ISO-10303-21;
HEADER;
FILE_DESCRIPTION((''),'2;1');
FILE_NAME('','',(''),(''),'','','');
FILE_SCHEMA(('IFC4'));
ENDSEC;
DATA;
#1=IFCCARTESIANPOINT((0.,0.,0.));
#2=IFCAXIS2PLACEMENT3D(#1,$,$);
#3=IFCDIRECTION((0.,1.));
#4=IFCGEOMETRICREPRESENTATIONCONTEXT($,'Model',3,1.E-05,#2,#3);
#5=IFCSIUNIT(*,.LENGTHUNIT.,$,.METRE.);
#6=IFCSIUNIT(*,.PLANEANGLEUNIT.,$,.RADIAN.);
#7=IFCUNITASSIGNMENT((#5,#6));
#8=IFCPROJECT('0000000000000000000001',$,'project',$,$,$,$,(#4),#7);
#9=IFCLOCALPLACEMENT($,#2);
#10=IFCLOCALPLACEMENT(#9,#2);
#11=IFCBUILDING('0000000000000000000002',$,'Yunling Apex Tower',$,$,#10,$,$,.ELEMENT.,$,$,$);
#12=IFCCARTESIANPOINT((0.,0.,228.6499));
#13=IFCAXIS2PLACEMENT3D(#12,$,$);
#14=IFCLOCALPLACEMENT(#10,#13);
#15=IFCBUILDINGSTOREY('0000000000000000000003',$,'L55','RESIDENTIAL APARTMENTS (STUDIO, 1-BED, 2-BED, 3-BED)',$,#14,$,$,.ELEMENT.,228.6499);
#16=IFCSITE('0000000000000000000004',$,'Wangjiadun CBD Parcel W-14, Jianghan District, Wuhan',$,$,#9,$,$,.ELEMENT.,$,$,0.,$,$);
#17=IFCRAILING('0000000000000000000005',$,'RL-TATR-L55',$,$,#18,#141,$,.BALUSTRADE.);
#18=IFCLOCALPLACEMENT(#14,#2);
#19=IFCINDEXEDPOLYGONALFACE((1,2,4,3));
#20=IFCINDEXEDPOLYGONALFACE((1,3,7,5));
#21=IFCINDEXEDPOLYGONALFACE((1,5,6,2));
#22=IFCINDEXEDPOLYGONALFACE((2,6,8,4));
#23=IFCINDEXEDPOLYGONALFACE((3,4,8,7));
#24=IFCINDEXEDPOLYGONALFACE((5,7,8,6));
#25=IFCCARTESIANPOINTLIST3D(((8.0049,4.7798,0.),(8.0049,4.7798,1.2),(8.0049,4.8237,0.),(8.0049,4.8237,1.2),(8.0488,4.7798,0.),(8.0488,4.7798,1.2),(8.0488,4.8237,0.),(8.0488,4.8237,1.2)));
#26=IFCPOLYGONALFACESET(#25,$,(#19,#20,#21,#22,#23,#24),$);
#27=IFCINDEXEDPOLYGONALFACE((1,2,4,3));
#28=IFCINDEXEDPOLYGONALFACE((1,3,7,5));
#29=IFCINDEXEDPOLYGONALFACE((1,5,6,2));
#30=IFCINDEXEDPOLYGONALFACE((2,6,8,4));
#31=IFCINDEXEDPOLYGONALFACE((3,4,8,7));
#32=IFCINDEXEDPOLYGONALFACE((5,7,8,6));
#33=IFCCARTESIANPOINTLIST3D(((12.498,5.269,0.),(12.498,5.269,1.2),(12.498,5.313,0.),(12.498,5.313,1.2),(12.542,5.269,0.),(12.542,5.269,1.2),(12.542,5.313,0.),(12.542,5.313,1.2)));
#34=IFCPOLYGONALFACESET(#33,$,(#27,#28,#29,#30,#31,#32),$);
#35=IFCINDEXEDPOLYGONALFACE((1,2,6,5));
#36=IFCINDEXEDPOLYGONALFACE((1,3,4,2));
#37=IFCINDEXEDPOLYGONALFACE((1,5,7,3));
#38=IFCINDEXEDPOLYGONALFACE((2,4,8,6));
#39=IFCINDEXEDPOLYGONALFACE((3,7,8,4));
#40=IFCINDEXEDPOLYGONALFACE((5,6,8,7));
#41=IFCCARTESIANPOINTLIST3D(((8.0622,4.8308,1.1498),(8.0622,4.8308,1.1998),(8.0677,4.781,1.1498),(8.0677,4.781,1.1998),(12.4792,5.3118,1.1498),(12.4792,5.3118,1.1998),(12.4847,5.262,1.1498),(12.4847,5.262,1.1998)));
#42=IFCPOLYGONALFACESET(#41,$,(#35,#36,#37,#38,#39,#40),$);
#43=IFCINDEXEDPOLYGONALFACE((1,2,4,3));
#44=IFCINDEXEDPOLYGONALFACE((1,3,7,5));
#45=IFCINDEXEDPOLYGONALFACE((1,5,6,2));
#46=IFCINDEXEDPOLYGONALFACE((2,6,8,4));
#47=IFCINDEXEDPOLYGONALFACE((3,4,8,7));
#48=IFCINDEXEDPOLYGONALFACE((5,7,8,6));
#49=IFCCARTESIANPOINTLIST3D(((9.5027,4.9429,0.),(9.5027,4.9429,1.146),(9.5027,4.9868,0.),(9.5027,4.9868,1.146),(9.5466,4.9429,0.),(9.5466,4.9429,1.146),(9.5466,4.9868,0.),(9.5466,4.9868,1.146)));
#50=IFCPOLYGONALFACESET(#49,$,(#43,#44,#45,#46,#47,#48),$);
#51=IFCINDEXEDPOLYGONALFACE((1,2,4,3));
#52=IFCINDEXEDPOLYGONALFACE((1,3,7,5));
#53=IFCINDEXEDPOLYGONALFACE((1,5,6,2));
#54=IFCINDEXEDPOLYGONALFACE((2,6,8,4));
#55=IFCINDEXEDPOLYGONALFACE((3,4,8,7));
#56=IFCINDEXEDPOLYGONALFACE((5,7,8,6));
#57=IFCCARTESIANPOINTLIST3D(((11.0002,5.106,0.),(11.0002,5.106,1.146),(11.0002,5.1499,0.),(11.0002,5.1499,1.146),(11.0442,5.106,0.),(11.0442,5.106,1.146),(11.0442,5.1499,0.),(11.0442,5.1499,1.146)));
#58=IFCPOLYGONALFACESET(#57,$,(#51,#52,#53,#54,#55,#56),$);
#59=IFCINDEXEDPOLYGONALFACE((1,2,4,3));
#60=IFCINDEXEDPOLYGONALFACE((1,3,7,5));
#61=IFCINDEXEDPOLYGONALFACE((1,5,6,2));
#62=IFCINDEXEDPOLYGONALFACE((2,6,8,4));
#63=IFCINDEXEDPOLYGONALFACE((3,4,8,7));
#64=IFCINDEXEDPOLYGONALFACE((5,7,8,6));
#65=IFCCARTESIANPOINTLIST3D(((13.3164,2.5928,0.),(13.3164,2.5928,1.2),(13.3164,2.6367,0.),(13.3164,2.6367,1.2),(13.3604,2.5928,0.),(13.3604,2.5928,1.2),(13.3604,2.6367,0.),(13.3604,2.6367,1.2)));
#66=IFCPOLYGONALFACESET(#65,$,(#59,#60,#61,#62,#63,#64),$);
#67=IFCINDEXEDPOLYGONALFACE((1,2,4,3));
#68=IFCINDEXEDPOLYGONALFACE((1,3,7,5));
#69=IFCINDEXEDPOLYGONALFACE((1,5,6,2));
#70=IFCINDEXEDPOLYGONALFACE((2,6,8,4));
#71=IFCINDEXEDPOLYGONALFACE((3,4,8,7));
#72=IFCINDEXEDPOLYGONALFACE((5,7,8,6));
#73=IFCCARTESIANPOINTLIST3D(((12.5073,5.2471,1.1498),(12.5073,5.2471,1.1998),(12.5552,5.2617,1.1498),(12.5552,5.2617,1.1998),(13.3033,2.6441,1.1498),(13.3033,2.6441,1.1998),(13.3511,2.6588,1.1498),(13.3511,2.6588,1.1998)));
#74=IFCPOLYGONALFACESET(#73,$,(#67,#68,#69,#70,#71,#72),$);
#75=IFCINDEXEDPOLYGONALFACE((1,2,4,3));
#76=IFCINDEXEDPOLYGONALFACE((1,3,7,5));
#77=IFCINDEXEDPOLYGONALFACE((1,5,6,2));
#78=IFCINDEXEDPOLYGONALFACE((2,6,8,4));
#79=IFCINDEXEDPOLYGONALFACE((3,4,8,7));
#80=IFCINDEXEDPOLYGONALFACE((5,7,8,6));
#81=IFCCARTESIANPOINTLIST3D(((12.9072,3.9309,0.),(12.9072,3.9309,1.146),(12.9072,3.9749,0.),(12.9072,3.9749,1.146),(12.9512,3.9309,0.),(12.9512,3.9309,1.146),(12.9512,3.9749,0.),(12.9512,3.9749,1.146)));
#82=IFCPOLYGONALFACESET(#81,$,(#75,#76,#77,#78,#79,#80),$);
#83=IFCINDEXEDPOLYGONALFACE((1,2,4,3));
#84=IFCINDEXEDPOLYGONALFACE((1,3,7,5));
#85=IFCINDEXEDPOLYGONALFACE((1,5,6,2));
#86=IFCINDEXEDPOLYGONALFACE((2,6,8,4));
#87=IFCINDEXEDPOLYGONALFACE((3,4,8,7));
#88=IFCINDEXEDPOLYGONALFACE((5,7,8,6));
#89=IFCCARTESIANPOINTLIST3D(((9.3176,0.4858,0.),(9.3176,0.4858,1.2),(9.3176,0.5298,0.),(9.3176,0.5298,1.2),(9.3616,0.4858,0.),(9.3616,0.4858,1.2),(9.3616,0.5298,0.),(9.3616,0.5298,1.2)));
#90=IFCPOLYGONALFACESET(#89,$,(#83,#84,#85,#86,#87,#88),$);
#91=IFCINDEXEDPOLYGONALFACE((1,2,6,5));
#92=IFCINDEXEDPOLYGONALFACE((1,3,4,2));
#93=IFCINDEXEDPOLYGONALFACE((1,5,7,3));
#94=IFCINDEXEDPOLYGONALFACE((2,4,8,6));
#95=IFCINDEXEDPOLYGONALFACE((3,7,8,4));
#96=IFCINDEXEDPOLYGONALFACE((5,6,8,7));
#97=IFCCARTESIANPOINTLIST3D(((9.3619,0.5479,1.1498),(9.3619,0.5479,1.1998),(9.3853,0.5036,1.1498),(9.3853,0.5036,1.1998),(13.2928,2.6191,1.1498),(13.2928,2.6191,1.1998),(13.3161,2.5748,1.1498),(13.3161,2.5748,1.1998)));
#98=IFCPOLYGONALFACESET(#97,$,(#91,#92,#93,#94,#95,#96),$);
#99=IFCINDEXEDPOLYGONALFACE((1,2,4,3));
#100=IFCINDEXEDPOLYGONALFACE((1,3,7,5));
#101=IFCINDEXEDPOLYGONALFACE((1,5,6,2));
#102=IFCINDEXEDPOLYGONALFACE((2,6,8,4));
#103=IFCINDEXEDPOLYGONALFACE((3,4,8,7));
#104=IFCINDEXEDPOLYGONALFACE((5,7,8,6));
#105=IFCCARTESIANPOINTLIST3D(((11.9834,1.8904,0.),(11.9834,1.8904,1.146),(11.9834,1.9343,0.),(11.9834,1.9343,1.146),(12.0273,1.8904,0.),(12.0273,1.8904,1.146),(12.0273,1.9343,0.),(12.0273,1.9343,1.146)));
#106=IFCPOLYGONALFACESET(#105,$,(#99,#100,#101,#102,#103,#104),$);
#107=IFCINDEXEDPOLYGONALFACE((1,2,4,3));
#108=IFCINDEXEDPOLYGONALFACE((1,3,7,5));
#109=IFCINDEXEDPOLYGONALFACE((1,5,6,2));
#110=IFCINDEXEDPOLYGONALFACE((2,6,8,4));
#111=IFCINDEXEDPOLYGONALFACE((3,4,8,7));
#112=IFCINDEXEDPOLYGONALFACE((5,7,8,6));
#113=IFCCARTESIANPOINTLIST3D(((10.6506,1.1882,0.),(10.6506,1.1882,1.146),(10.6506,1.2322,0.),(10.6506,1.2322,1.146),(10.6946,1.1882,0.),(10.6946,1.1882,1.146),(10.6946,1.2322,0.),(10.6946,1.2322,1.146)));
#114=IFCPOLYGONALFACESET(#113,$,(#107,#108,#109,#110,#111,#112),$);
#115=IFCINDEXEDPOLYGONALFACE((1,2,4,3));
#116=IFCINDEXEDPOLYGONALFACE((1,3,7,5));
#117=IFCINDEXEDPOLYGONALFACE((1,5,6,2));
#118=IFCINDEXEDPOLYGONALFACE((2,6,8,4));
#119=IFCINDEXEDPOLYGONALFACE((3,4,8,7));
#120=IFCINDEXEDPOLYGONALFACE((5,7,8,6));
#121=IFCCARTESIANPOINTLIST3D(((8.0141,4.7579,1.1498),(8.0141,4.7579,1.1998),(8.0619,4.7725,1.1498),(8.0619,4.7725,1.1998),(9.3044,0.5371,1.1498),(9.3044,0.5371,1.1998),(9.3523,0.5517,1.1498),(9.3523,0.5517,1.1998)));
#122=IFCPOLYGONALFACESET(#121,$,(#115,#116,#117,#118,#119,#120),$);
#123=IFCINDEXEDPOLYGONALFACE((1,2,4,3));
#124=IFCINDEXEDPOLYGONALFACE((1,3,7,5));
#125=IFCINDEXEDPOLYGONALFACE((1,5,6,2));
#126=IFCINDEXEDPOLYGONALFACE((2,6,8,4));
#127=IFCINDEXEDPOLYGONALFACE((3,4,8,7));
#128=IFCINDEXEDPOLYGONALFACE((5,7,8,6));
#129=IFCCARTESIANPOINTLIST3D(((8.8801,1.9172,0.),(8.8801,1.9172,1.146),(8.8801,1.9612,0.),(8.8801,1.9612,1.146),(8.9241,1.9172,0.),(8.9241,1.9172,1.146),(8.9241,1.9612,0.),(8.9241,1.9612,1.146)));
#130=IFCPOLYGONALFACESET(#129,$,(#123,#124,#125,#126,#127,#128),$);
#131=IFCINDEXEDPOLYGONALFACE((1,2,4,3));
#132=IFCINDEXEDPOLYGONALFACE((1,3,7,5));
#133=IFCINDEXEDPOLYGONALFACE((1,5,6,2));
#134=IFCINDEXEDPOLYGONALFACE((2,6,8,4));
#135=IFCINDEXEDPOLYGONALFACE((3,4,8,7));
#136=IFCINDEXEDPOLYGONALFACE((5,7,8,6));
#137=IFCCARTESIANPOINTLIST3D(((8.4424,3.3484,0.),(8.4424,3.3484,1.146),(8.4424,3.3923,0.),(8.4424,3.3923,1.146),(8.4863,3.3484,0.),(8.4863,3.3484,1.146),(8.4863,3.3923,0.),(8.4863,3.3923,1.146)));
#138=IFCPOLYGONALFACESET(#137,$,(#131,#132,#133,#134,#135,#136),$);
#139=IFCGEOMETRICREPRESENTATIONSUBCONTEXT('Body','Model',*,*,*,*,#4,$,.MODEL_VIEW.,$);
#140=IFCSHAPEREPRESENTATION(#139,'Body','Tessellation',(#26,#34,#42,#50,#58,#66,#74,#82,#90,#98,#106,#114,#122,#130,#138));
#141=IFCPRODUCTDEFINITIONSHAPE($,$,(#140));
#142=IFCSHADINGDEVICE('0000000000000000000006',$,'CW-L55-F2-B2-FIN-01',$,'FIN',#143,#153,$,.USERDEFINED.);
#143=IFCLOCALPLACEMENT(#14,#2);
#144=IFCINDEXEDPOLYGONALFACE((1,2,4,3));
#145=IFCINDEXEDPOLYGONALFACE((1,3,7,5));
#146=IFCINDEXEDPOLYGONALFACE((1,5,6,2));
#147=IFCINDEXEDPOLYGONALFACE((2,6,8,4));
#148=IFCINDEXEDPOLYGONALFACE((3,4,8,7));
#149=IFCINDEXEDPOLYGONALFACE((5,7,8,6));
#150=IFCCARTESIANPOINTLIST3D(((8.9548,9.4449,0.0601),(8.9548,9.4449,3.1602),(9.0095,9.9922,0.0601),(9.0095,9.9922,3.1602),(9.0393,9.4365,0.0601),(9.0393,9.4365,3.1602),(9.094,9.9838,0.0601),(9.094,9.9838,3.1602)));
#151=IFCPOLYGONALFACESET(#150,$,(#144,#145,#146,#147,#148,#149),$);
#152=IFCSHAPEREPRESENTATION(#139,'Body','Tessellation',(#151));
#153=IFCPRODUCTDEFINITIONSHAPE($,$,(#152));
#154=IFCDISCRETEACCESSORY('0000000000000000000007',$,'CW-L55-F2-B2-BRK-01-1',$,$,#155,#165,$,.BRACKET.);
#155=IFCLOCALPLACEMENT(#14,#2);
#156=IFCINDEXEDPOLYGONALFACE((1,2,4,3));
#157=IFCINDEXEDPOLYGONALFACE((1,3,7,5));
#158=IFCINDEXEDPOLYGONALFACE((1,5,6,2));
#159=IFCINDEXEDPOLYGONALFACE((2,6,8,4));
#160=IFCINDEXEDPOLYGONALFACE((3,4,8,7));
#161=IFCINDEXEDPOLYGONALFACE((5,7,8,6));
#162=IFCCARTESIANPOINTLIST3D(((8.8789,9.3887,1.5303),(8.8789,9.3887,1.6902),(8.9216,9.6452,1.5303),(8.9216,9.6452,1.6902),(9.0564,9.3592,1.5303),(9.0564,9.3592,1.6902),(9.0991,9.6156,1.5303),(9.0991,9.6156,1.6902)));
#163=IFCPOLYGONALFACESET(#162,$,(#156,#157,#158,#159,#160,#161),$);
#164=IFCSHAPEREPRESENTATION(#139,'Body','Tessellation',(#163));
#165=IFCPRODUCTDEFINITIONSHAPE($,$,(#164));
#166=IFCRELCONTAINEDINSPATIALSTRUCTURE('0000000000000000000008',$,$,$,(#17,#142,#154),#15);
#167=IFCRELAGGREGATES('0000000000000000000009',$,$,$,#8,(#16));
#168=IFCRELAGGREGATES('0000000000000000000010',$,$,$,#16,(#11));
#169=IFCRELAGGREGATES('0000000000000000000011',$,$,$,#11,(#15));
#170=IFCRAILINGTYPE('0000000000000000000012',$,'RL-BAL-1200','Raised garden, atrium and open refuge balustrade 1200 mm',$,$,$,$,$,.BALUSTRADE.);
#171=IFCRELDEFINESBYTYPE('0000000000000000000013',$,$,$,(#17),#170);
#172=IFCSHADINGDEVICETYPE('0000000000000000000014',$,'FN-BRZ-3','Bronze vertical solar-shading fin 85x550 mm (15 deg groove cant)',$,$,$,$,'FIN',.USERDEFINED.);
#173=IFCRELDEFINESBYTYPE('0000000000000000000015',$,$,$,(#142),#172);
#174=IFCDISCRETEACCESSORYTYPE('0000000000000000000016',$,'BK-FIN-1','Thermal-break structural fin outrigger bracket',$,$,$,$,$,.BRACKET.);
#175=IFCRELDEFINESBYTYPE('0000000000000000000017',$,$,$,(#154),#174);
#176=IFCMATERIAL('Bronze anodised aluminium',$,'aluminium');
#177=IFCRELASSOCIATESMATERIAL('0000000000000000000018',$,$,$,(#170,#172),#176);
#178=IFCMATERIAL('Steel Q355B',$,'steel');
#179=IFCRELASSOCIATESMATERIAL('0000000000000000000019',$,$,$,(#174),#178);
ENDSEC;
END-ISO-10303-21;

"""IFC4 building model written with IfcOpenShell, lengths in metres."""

from ifc_helpers import new_model, si_unit, direction, frame, origin, origin_2d, place, context, subcontext, project, spatial, rectangle, extrude, source, transform, mapped, material, material_profile, profile_set, type_object, element, save


model = new_model("IFC4")

# Units and contexts
model_context = context("Model", 3, precision=1e-05, world=origin(), true_north=direction((0.0, 1.0)))
body_context = subcontext(model_context, "Body", "Model", "MODEL_VIEW")
ifc_project = project(units=[si_unit("LENGTHUNIT", "METRE"), si_unit("PLANEANGLEUNIT", "RADIAN")], contexts=[model_context])

# Site, building, storey
site_placement = place(None, origin())
site = spatial("IfcSite", under=ifc_project, at=site_placement, Name="Wangjiadun CBD Parcel W-14, Jianghan District, Wuhan", CompositionType="ELEMENT", RefElevation=0.0)
building_placement = place(site_placement, origin())
building = spatial("IfcBuilding", under=site, at=building_placement, Name="Yunling Apex Tower", CompositionType="ELEMENT")
storey_placement = place(building_placement, frame((0.0, 0.0, 228.6499)))
storey = spatial("IfcBuildingStorey", under=building, at=storey_placement, Name="L55", Description="RESIDENTIAL APARTMENTS (STUDIO, 1-BED, 2-BED, 3-BED)", CompositionType="ELEMENT", Elevation=228.6499)

# Shared definitions
ifc_material_1 = material(Name="Steel Q355B", Category="steel")

# Shared definitions
ifc_material_2 = material(Name="Bronze anodised aluminium", Category="aluminium")

# Railing
railing_type = type_object("IfcRailingType", Name="RL-BAL-1200", Description="Raised garden, atrium and open refuge balustrade 1200 mm", PredefinedType="BALUSTRADE", material=ifc_material_2)
railing_1_placement = place(storey_placement, frame((8.0269, 4.8018, 0.0)))
element("IfcRailing", 1, at=railing_1_placement, inside=storey, type_object=railing_type, Name="RL-TATR-L55", PredefinedType="BALUSTRADE", context=body_context, shape_type="SweptSolid", body=[
    extrude(rectangle(XDim=0.0439, YDim=0.0439, at=origin_2d()), origin(), (0.0, 0.0, 1.0), 1.2),
    extrude(rectangle(XDim=0.0439, YDim=0.0439, at=origin_2d()), frame((4.4932, 0.4893, 0.0)), (0.0, 0.0, 1.0), 1.2),
    extrude(rectangle(XDim=0.05, YDim=0.05, at=origin_2d()), frame((0.0381, 0.0042, 1.1748), z_axis=(0.994124, 0.10825, 0.0), x_axis=(-0.10825, 0.994124, 0.0)), (0.0, 0.0, 1.0), 4.4431),
    extrude(rectangle(XDim=0.0439, YDim=0.0439, at=origin_2d()), frame((1.4978, 0.1631, 0.0)), (0.0, 0.0, 1.0), 1.146),
    extrude(rectangle(XDim=0.0439, YDim=0.0439, at=origin_2d()), frame((2.9954, 0.3262, 0.0)), (0.0, 0.0, 1.0), 1.146),
    extrude(rectangle(XDim=0.0439, YDim=0.0439, at=origin_2d()), frame((5.3115, -2.187, 0.0)), (0.0, 0.0, 1.0), 1.2),
    extrude(rectangle(XDim=0.05, YDim=0.05, at=origin_2d()), frame((4.5044, 0.4526, 1.1748), z_axis=(0.292418, -0.956291, 0.0), x_axis=(0.956291, 0.292418, 0.0)), (0.0, 0.0, 1.0), 2.7219),
    extrude(rectangle(XDim=0.0439, YDim=0.0439, at=origin_2d()), frame((4.9023, -0.8489, 0.0)), (0.0, 0.0, 1.0), 1.146),
    extrude(rectangle(XDim=0.0439, YDim=0.0439, at=origin_2d()), frame((1.3127, -4.2939, 0.0)), (0.0, 0.0, 1.0), 1.2),
    extrude(rectangle(XDim=0.05, YDim=0.05, at=origin_2d()), frame((5.2776, -2.2048, 1.1748), z_axis=(-0.884707, -0.466147, 0.0), x_axis=(0.466147, -0.884707, 0.0)), (0.0, 0.0, 1.0), 4.4431),
    extrude(rectangle(XDim=0.0439, YDim=0.0439, at=origin_2d()), frame((3.9785, -2.8894, 0.0)), (0.0, 0.0, 1.0), 1.146),
    extrude(rectangle(XDim=0.0439, YDim=0.0439, at=origin_2d()), frame((2.6458, -3.5916, 0.0)), (0.0, 0.0, 1.0), 1.146),
    extrude(rectangle(XDim=0.05, YDim=0.05, at=origin_2d()), frame((1.3015, -4.2573, 1.1748), z_axis=(-0.292362, 0.956308, 0.0), x_axis=(-0.956308, -0.292362, 0.0)), (0.0, 0.0, 1.0), 4.4136),
    extrude(rectangle(XDim=0.0439, YDim=0.0439, at=origin_2d()), frame((0.8752, -2.8625, 0.0)), (0.0, 0.0, 1.0), 1.146),
    extrude(rectangle(XDim=0.0439, YDim=0.0439, at=origin_2d()), frame((0.4375, -1.4314, 0.0)), (0.0, 0.0, 1.0), 1.146),
])

# Shading device
ifc_material_profile_1 = material_profile(ifc_material_2, rectangle(XDim=0.085, YDim=0.55, at=origin_2d()))
ifc_profile_set_1 = profile_set([ifc_material_profile_1], Name="Bronze anodised aluminium")
shading_device_type = type_object("IfcShadingDeviceType", Name="FN-BRZ-3", Description="Bronze vertical solar-shading fin 85x550 mm (15 deg groove cant)", ElementType="FIN", PredefinedType="USERDEFINED", material=ifc_profile_set_1)
shared_shape_1 = source(origin(), body_context, "Body", "SweptSolid", [
    extrude(rectangle(XDim=0.085, YDim=0.55, at=origin_2d()), origin(), (0.0, 0.0, 1.0), 3.1001),
])
shading_device_placement = place(storey_placement, frame((9.0244, 9.7144, 0.0601), z_axis=(0.0, 0.0, 1.0), x_axis=(-0.995038, 0.099493, 0.0)))
element("IfcShadingDevice", 2, at=shading_device_placement, inside=storey, type_object=shading_device_type, Name="CW-L55-F2-B2-FIN-01", ObjectType="FIN", PredefinedType="USERDEFINED", context=body_context, shape_type="MappedRepresentation", body=[
    mapped(shared_shape_1, transform((0.0, 0.0, 0.0), scale=1.0)),
])

# Discrete accessory
discrete_accessory_type = type_object("IfcDiscreteAccessoryType", Name="BK-FIN-1", Description="Thermal-break structural fin outrigger bracket", PredefinedType="BRACKET", material=ifc_material_1)
shared_shape_2 = source(origin(), body_context, "Body", "SweptSolid", [
    extrude(rectangle(XDim=0.1799, YDim=0.26, at=origin_2d()), origin(), (0.0, 0.0, 1.0), 0.1599),
])
discrete_accessory_placement = place(storey_placement, frame((8.989, 9.5022, 1.5303), z_axis=(0.0, 0.0, 1.0), x_axis=(-0.986401, 0.164359, 0.0)))
element("IfcDiscreteAccessory", 3, at=discrete_accessory_placement, inside=storey, type_object=discrete_accessory_type, Name="CW-L55-F2-B2-BRK-01-1", PredefinedType="BRACKET", context=body_context, shape_type="MappedRepresentation", body=[
    mapped(shared_shape_2, transform((0.0, 0.0, 0.0), scale=1.0)),
])

save(model, "model.ifc")
